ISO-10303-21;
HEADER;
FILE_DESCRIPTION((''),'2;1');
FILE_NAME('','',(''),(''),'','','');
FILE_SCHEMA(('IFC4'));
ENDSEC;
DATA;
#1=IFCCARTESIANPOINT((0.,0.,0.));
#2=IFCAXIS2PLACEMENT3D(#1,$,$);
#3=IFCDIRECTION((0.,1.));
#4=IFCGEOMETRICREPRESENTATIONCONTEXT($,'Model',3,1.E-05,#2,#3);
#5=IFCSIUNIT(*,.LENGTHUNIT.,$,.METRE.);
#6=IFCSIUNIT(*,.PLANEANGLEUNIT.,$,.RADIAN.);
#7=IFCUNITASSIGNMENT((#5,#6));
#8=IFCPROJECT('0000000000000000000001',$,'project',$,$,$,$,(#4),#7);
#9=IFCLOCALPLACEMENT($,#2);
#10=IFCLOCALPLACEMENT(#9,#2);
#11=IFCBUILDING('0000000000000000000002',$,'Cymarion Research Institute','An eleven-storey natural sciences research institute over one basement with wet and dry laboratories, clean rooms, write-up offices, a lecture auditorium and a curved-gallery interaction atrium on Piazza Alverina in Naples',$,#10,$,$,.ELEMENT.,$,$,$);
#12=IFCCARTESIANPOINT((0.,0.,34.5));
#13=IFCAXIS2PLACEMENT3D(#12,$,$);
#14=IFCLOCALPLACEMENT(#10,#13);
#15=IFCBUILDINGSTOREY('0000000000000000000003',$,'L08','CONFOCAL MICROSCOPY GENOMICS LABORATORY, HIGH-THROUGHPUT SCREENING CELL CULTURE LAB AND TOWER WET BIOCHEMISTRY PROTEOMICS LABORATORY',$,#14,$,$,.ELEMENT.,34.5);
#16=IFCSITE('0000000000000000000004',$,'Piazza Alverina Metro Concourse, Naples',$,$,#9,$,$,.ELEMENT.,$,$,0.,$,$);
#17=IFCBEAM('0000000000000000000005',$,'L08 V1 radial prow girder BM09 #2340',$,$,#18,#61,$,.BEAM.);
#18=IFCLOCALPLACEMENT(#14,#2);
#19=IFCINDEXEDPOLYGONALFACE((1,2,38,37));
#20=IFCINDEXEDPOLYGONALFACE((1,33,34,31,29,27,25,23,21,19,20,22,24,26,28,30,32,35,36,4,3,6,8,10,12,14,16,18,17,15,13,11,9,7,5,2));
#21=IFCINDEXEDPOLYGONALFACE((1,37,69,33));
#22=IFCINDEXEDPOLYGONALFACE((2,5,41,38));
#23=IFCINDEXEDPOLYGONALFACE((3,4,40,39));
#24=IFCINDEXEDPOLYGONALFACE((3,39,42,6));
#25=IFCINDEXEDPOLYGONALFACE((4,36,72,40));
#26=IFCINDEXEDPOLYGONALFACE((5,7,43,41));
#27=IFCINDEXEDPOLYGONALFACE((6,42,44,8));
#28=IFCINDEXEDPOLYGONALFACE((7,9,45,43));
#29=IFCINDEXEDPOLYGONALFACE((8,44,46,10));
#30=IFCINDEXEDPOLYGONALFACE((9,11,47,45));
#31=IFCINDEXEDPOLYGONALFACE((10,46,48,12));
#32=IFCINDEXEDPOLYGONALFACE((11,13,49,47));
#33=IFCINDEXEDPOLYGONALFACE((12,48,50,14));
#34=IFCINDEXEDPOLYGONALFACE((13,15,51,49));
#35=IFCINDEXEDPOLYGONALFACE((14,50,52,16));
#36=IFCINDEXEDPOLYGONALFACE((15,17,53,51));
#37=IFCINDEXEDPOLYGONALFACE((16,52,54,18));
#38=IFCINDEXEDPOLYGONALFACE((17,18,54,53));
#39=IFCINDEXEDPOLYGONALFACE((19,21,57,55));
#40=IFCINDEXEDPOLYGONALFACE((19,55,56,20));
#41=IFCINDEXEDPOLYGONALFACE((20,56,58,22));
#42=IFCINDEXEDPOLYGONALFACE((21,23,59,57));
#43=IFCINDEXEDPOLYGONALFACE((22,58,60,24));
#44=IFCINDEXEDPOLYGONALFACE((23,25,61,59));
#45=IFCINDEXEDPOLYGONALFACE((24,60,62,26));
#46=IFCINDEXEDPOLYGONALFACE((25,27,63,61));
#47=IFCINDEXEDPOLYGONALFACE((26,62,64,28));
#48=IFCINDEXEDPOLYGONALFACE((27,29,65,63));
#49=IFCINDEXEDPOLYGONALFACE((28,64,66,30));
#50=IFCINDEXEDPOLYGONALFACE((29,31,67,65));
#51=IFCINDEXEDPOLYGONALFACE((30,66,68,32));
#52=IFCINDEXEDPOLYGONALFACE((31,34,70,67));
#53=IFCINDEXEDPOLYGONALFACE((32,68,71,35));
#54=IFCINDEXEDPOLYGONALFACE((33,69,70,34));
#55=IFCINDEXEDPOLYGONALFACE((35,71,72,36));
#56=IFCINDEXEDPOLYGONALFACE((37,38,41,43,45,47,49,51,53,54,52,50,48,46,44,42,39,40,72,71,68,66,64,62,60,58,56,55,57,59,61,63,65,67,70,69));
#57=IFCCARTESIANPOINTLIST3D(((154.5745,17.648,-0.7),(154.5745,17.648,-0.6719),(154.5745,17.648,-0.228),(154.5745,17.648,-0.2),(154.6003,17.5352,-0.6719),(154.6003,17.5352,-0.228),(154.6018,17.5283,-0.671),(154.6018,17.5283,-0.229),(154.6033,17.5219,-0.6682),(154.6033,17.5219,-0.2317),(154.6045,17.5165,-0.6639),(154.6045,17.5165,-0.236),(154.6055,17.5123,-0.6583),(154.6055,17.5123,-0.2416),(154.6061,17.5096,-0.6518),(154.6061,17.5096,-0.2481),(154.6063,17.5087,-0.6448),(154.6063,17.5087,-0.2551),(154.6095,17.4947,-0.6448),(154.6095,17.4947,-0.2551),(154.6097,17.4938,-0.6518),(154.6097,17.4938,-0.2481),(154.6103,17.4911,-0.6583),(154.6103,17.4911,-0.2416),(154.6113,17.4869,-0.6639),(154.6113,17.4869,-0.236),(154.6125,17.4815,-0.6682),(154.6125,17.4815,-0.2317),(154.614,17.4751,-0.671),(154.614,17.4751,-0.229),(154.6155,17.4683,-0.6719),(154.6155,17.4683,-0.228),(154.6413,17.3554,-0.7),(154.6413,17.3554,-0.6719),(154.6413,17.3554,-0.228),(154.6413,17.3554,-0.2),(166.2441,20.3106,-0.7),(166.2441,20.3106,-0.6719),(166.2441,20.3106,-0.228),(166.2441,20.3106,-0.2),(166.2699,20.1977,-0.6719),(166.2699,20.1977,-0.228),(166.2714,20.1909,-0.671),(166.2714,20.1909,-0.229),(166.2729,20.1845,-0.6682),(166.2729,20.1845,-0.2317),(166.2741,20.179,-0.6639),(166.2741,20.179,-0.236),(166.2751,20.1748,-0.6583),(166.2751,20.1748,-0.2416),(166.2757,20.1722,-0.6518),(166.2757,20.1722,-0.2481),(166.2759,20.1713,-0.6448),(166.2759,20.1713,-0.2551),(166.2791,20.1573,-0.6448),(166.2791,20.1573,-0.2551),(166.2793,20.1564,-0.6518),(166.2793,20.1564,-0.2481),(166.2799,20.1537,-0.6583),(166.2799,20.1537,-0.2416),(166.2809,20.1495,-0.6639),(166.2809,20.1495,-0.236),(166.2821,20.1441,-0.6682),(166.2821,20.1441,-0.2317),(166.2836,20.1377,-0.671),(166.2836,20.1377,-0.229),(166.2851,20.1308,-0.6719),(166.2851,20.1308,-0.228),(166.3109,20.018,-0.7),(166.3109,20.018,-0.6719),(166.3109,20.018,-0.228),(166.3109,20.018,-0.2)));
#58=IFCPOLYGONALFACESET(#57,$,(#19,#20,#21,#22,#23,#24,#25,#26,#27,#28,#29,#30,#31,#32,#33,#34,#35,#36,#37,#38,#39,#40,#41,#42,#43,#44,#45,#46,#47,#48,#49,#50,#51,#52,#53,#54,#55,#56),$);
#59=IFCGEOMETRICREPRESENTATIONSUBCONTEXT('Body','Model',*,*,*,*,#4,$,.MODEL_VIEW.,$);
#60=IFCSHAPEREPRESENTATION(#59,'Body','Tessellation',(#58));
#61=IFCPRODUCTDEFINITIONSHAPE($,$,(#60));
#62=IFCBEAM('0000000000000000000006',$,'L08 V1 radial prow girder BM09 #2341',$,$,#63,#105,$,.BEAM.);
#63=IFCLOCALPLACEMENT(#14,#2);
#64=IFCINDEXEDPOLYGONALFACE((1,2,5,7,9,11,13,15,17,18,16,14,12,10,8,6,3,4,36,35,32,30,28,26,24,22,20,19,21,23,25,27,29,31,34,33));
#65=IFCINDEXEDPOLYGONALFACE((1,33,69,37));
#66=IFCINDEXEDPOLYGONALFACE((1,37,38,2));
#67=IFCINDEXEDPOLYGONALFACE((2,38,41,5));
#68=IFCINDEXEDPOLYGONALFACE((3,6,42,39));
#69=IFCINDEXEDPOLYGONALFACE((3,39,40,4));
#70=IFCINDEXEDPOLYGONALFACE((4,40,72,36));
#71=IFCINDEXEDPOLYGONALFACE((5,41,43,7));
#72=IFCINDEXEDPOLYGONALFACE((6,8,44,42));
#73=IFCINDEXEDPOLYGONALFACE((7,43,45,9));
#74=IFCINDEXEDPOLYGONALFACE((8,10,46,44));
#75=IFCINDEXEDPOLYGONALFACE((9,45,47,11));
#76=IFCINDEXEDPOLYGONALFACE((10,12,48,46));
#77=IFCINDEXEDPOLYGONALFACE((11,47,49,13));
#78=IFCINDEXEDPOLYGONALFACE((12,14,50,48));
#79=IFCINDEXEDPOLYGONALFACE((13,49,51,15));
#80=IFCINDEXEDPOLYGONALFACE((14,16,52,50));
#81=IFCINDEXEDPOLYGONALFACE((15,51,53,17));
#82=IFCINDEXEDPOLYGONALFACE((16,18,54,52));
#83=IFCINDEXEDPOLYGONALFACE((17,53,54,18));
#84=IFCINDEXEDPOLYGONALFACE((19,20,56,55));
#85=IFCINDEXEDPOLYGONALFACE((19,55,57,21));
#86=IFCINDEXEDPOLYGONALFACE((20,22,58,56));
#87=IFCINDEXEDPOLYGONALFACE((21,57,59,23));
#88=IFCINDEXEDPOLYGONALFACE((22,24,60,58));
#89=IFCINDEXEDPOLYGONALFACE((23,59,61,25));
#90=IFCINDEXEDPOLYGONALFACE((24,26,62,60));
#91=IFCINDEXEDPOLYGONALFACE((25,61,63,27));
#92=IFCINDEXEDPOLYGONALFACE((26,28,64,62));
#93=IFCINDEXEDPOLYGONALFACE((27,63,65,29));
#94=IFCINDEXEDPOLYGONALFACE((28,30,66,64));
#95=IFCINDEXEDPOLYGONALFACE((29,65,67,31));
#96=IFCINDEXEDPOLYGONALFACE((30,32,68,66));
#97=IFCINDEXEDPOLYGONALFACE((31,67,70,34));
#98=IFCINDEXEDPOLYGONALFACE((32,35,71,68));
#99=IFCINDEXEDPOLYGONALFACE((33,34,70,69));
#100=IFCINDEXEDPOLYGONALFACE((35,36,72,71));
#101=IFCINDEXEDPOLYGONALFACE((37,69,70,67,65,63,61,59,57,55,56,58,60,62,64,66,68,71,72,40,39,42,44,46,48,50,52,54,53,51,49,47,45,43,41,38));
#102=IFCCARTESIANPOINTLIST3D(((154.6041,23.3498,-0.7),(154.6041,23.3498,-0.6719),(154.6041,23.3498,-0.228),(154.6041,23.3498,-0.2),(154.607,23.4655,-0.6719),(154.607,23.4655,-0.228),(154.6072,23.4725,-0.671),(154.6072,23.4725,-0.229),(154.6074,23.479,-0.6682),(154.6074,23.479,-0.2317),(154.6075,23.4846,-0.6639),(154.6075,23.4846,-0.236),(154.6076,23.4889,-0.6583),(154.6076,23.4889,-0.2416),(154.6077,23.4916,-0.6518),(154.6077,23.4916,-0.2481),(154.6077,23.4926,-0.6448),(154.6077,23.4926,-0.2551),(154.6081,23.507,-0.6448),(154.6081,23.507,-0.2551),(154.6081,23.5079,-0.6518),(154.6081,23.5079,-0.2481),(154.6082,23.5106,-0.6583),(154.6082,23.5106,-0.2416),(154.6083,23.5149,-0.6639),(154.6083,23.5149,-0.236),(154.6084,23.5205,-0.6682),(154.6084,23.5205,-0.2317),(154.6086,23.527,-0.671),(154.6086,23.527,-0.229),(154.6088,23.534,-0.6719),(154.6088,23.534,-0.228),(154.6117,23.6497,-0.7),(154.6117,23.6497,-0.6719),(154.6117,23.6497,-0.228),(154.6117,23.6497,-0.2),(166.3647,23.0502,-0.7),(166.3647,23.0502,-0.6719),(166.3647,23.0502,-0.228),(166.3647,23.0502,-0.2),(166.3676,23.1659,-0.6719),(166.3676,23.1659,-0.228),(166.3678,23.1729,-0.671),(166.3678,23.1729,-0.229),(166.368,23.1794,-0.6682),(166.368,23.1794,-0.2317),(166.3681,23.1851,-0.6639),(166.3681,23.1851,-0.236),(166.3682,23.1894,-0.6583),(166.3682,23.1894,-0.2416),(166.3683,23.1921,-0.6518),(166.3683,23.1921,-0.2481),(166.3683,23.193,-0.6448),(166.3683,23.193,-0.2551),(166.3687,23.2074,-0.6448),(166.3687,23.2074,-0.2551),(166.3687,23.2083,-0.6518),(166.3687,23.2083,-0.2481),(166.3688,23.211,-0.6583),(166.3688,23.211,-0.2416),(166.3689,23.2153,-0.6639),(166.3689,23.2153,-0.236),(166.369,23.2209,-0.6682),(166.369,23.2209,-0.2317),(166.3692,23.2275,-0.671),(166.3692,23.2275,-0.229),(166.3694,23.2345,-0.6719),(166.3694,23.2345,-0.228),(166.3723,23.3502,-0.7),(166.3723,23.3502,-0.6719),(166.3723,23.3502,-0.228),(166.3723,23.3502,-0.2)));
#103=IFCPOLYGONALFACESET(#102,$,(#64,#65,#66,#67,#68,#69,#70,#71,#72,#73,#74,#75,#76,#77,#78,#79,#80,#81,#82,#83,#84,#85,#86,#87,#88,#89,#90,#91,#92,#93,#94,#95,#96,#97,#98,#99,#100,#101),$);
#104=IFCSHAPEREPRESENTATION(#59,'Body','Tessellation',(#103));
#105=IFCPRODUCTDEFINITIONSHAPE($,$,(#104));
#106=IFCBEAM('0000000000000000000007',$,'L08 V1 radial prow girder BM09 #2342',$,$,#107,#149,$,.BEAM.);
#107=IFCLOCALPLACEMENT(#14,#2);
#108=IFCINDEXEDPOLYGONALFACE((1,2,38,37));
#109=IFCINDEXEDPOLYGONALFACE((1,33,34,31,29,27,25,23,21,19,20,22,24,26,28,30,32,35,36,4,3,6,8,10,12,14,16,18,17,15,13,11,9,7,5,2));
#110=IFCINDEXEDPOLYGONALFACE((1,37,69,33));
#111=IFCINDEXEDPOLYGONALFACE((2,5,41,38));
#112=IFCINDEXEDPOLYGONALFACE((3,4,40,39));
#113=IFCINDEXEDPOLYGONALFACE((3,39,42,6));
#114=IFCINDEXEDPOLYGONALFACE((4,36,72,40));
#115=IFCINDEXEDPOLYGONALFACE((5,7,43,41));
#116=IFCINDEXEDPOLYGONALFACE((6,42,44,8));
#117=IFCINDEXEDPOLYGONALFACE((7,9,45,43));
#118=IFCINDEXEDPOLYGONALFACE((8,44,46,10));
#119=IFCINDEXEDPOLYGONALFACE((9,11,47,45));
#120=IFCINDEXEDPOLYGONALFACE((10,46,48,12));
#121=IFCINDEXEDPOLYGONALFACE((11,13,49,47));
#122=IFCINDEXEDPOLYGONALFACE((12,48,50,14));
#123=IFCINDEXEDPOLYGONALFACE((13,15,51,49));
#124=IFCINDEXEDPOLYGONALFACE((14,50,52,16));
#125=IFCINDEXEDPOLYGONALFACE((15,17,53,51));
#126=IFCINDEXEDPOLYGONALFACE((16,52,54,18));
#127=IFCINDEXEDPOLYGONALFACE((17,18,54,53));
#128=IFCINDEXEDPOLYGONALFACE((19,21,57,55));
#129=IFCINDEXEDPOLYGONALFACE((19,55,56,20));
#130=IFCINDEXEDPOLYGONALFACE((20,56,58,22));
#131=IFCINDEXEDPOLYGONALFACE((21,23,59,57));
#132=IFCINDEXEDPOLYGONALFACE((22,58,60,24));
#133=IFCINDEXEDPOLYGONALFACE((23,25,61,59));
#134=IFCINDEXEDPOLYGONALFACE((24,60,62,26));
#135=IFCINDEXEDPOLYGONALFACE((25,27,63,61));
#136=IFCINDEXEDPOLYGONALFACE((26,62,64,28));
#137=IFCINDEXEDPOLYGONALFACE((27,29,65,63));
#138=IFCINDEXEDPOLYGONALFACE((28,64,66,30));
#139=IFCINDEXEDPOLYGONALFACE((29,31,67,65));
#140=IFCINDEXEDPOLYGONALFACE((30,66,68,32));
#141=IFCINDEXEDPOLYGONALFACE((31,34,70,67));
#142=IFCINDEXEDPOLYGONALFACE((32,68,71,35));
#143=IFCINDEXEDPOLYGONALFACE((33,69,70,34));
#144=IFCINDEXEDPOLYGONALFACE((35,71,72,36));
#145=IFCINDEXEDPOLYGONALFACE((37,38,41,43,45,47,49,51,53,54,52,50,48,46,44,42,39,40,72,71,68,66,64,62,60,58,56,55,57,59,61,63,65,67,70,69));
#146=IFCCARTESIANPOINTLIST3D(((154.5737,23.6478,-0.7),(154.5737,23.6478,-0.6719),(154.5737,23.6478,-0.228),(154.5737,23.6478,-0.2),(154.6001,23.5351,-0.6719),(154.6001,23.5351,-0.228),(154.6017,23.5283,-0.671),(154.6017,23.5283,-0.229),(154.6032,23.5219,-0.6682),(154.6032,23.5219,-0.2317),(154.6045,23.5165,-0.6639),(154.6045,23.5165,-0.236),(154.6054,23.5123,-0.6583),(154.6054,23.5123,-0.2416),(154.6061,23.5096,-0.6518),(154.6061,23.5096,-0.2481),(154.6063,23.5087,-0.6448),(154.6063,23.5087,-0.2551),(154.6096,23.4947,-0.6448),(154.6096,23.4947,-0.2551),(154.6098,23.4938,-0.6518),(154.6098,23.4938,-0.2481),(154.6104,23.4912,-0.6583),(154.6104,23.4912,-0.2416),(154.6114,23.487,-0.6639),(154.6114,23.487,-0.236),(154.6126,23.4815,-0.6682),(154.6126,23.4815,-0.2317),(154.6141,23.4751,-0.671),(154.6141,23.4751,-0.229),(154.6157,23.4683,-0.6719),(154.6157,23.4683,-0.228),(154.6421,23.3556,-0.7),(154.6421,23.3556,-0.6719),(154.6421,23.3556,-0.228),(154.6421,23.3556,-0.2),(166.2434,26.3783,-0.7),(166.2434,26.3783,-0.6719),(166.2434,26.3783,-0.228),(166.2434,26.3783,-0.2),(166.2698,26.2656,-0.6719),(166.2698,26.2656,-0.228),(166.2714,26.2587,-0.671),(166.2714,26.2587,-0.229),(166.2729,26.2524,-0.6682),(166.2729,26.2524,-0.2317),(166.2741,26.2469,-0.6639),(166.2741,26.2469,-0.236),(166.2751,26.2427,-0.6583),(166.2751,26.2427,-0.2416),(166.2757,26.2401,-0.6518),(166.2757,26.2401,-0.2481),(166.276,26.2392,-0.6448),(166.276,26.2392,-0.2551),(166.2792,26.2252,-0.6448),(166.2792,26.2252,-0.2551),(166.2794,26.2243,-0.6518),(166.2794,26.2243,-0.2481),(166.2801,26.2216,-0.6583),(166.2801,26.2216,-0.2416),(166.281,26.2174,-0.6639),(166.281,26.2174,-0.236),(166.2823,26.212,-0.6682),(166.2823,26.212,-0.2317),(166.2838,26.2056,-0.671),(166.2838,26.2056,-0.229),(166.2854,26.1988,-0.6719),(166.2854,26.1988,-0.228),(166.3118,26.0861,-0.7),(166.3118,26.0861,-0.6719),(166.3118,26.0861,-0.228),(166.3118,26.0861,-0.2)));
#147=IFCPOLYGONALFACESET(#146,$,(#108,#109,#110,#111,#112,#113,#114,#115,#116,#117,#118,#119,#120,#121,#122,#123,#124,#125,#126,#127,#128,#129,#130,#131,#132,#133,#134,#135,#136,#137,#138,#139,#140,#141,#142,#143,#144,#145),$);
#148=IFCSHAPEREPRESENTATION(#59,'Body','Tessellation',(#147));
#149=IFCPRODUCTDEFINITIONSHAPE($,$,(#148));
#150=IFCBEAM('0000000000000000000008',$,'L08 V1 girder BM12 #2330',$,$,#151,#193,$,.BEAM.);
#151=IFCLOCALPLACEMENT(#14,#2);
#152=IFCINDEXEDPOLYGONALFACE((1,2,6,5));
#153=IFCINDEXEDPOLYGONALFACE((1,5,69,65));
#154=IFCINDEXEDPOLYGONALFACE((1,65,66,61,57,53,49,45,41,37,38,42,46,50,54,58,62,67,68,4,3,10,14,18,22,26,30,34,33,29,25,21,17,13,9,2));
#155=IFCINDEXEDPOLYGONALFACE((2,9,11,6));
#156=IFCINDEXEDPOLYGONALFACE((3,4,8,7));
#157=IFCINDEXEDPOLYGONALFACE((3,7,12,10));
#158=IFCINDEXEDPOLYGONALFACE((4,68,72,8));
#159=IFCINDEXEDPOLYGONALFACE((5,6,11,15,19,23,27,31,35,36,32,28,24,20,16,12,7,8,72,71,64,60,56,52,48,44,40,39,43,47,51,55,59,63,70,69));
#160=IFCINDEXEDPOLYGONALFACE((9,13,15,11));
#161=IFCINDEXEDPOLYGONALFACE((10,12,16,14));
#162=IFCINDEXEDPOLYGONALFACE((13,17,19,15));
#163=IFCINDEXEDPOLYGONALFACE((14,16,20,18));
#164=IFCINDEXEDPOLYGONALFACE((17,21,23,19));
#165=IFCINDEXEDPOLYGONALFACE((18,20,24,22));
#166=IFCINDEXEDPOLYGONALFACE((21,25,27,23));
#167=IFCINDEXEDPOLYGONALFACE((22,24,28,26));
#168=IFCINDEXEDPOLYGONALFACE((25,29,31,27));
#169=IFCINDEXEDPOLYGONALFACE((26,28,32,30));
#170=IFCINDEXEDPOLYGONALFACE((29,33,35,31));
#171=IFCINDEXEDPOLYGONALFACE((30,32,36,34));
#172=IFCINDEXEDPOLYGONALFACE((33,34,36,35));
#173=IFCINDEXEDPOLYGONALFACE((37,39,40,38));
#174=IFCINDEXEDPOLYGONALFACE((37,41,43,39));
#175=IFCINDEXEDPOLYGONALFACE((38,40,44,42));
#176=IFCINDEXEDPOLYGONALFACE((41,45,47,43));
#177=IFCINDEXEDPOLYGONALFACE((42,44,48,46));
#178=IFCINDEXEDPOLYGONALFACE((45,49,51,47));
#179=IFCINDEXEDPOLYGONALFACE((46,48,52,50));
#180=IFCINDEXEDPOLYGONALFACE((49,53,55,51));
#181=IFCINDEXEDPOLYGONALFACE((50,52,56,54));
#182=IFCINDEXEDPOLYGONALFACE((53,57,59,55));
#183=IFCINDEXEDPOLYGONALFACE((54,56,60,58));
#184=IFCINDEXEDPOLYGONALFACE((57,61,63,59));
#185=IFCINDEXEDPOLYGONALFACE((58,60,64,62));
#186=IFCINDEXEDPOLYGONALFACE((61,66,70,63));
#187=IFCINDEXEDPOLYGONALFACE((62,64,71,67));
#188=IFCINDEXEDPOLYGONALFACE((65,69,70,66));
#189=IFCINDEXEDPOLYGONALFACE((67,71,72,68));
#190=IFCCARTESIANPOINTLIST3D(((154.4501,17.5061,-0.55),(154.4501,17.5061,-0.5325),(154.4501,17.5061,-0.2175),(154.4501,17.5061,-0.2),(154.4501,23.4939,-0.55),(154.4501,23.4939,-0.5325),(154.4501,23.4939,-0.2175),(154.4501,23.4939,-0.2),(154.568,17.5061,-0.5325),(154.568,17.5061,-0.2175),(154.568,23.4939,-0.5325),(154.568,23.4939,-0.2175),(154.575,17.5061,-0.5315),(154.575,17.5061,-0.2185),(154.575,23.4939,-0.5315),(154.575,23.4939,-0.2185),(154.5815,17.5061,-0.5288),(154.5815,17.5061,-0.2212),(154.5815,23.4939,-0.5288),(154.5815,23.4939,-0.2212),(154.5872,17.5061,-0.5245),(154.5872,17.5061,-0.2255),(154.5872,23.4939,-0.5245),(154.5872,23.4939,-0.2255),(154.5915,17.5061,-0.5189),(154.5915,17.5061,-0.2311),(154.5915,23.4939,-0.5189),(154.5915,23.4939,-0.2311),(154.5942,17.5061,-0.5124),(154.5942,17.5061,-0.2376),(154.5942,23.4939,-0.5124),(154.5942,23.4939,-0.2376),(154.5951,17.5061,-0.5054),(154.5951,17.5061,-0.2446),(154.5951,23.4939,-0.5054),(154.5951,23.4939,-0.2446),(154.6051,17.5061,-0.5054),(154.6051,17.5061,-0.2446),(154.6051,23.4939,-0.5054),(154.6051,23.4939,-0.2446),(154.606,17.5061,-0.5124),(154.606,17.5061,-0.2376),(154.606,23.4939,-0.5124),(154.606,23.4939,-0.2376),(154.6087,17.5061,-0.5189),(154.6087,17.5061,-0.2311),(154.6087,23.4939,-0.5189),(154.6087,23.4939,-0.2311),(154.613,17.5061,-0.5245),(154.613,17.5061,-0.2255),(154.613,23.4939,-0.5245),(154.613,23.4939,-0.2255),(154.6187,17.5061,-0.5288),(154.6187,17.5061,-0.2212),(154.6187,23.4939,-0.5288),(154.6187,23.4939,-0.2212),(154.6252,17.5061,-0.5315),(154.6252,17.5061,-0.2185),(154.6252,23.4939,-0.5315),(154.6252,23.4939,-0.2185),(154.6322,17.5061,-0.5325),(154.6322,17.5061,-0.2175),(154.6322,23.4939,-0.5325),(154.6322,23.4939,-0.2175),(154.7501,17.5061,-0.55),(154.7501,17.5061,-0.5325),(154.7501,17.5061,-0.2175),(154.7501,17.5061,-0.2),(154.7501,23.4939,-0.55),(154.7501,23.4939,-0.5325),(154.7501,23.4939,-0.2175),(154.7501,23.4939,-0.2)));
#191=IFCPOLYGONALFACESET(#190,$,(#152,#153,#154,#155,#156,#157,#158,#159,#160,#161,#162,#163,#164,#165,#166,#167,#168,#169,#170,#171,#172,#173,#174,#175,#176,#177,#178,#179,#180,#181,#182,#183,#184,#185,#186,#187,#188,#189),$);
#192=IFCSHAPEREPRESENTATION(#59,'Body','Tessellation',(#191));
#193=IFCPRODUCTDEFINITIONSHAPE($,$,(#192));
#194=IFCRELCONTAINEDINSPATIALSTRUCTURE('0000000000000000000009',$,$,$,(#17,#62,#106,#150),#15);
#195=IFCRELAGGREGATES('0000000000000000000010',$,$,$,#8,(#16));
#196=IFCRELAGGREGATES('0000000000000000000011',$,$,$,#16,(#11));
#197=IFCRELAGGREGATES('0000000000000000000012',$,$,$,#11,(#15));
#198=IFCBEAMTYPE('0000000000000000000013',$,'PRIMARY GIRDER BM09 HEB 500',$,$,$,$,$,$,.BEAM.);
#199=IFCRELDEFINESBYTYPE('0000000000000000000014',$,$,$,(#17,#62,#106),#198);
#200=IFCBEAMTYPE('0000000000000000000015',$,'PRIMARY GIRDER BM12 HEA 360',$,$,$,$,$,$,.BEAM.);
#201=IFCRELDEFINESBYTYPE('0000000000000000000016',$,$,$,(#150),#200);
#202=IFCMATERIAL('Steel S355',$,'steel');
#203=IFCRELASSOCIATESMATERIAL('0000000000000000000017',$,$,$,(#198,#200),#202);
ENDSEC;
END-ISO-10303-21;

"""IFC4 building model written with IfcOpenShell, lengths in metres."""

from ifc_helpers import new_model, si_unit, direction, frame, origin, origin_2d, place, context, subcontext, project, spatial, i_section, extrude, material, material_profile, profile_set, type_object, element, save


model = new_model("IFC4")

# Units and contexts
model_context = context("Model", 3, precision=1e-05, world=origin(), true_north=direction((0.0, 1.0)))
body_context = subcontext(model_context, "Body", "Model", "MODEL_VIEW")
ifc_project = project(units=[si_unit("LENGTHUNIT", "METRE"), si_unit("PLANEANGLEUNIT", "RADIAN")], contexts=[model_context])

# Site, building, storey
site_placement = place(None, origin())
site = spatial("IfcSite", under=ifc_project, at=site_placement, Name="Piazza Alverina Metro Concourse, Naples", CompositionType="ELEMENT", RefElevation=0.0)
building_placement = place(site_placement, origin())
building = spatial("IfcBuilding", under=site, at=building_placement, Name="Cymarion Research Institute", Description="An eleven-storey natural sciences research institute over one basement with wet and dry laboratories, clean rooms, write-up offices, a lecture auditorium and a curved-gallery interaction atrium on Piazza Alverina in Naples", CompositionType="ELEMENT")
storey_placement = place(building_placement, frame((0.0, 0.0, 34.5)))
storey = spatial("IfcBuildingStorey", under=building, at=storey_placement, Name="L08", Description="CONFOCAL MICROSCOPY GENOMICS LABORATORY, HIGH-THROUGHPUT SCREENING CELL CULTURE LAB AND TOWER WET BIOCHEMISTRY PROTEOMICS LABORATORY", CompositionType="ELEMENT", Elevation=34.5)

# Shared definitions
ifc_material_1 = material(Name="Steel S355", Category="steel")

# Beams
ifc_material_profile_1 = material_profile(ifc_material_1, i_section(OverallWidth=0.3, OverallDepth=0.5, WebThickness=0.0144, FlangeThickness=0.0281, FilletRadius=0.0271, at=origin_2d()), Name="HEB 500")
ifc_profile_set_1 = profile_set([ifc_material_profile_1], Name="Steel S355")
beam_type_1 = type_object("IfcBeamType", Name="PRIMARY GIRDER BM09 HEB 500", PredefinedType="BEAM", material=ifc_profile_set_1)
beam_1_placement = place(storey_placement, frame((154.6079, 17.5017, -0.45), z_axis=(0.974945, 0.222447, 0.0), x_axis=(-0.222447, 0.974945, 0.0)))
element("IfcBeam", 1, at=beam_1_placement, inside=storey, type_object=beam_type_1, Name="L08 V1 radial prow girder BM09 #2340", PredefinedType="BEAM", context=body_context, shape_type="SweptSolid", body=[
    extrude(i_section(OverallWidth=0.3, OverallDepth=0.5, WebThickness=0.0144, FlangeThickness=0.0281, FilletRadius=0.0271, at=origin_2d()), origin(), (0.0, 0.0, 1.0), 11.9695),
])
beam_2_placement = place(storey_placement, frame((154.6079, 23.4998, -0.45), z_axis=(0.999676, -0.025463, 0.0), x_axis=(0.025463, 0.999676, 0.0)))
element("IfcBeam", 2, at=beam_2_placement, inside=storey, type_object=beam_type_1, Name="L08 V1 radial prow girder BM09 #2341", PredefinedType="BEAM", context=body_context, shape_type="SweptSolid", body=[
    extrude(i_section(OverallWidth=0.3, OverallDepth=0.5, WebThickness=0.0144, FlangeThickness=0.0281, FilletRadius=0.0271, at=origin_2d()), origin(), (0.0, 0.0, 1.0), 11.7644),
])
beam_3_placement = place(storey_placement, frame((154.6079, 23.5017, -0.45), z_axis=(0.973702, 0.227827, 0.0), x_axis=(-0.227827, 0.973702, 0.0)))
element("IfcBeam", 3, at=beam_3_placement, inside=storey, type_object=beam_type_1, Name="L08 V1 radial prow girder BM09 #2342", PredefinedType="BEAM", context=body_context, shape_type="SweptSolid", body=[
    extrude(i_section(OverallWidth=0.3, OverallDepth=0.5, WebThickness=0.0144, FlangeThickness=0.0281, FilletRadius=0.0271, at=origin_2d()), origin(), (0.0, 0.0, 1.0), 11.9849),
])
ifc_material_profile_2 = material_profile(ifc_material_1, i_section(OverallWidth=0.3, OverallDepth=0.3501, WebThickness=0.01, FlangeThickness=0.0176, FilletRadius=0.0271, at=origin_2d()), Name="HEA 360")
ifc_profile_set_2 = profile_set([ifc_material_profile_2], Name="Steel S355")
beam_type_2 = type_object("IfcBeamType", Name="PRIMARY GIRDER BM12 HEA 360", PredefinedType="BEAM", material=ifc_profile_set_2)
for number, where, z_axis, x_axis, name in (
    (4, (154.6001, 17.5061, -0.375), (0.0, 1.0, 0.0), (-1.0, 0.0, 0.0), "L08 V1 girder BM12 #2330"),
):
    element("IfcBeam", number, at=place(storey_placement, frame(where, z_axis=z_axis, x_axis=x_axis)), inside=storey, type_object=beam_type_2, Name=name, PredefinedType="BEAM", context=body_context, shape_type="SweptSolid", body=[
        extrude(i_section(OverallWidth=0.3, OverallDepth=0.3501, WebThickness=0.01, FlangeThickness=0.0176, FilletRadius=0.0271, at=origin_2d()), origin(), (0.0, 0.0, 1.0), 5.9878),
    ])

save(model, "model.ifc")
